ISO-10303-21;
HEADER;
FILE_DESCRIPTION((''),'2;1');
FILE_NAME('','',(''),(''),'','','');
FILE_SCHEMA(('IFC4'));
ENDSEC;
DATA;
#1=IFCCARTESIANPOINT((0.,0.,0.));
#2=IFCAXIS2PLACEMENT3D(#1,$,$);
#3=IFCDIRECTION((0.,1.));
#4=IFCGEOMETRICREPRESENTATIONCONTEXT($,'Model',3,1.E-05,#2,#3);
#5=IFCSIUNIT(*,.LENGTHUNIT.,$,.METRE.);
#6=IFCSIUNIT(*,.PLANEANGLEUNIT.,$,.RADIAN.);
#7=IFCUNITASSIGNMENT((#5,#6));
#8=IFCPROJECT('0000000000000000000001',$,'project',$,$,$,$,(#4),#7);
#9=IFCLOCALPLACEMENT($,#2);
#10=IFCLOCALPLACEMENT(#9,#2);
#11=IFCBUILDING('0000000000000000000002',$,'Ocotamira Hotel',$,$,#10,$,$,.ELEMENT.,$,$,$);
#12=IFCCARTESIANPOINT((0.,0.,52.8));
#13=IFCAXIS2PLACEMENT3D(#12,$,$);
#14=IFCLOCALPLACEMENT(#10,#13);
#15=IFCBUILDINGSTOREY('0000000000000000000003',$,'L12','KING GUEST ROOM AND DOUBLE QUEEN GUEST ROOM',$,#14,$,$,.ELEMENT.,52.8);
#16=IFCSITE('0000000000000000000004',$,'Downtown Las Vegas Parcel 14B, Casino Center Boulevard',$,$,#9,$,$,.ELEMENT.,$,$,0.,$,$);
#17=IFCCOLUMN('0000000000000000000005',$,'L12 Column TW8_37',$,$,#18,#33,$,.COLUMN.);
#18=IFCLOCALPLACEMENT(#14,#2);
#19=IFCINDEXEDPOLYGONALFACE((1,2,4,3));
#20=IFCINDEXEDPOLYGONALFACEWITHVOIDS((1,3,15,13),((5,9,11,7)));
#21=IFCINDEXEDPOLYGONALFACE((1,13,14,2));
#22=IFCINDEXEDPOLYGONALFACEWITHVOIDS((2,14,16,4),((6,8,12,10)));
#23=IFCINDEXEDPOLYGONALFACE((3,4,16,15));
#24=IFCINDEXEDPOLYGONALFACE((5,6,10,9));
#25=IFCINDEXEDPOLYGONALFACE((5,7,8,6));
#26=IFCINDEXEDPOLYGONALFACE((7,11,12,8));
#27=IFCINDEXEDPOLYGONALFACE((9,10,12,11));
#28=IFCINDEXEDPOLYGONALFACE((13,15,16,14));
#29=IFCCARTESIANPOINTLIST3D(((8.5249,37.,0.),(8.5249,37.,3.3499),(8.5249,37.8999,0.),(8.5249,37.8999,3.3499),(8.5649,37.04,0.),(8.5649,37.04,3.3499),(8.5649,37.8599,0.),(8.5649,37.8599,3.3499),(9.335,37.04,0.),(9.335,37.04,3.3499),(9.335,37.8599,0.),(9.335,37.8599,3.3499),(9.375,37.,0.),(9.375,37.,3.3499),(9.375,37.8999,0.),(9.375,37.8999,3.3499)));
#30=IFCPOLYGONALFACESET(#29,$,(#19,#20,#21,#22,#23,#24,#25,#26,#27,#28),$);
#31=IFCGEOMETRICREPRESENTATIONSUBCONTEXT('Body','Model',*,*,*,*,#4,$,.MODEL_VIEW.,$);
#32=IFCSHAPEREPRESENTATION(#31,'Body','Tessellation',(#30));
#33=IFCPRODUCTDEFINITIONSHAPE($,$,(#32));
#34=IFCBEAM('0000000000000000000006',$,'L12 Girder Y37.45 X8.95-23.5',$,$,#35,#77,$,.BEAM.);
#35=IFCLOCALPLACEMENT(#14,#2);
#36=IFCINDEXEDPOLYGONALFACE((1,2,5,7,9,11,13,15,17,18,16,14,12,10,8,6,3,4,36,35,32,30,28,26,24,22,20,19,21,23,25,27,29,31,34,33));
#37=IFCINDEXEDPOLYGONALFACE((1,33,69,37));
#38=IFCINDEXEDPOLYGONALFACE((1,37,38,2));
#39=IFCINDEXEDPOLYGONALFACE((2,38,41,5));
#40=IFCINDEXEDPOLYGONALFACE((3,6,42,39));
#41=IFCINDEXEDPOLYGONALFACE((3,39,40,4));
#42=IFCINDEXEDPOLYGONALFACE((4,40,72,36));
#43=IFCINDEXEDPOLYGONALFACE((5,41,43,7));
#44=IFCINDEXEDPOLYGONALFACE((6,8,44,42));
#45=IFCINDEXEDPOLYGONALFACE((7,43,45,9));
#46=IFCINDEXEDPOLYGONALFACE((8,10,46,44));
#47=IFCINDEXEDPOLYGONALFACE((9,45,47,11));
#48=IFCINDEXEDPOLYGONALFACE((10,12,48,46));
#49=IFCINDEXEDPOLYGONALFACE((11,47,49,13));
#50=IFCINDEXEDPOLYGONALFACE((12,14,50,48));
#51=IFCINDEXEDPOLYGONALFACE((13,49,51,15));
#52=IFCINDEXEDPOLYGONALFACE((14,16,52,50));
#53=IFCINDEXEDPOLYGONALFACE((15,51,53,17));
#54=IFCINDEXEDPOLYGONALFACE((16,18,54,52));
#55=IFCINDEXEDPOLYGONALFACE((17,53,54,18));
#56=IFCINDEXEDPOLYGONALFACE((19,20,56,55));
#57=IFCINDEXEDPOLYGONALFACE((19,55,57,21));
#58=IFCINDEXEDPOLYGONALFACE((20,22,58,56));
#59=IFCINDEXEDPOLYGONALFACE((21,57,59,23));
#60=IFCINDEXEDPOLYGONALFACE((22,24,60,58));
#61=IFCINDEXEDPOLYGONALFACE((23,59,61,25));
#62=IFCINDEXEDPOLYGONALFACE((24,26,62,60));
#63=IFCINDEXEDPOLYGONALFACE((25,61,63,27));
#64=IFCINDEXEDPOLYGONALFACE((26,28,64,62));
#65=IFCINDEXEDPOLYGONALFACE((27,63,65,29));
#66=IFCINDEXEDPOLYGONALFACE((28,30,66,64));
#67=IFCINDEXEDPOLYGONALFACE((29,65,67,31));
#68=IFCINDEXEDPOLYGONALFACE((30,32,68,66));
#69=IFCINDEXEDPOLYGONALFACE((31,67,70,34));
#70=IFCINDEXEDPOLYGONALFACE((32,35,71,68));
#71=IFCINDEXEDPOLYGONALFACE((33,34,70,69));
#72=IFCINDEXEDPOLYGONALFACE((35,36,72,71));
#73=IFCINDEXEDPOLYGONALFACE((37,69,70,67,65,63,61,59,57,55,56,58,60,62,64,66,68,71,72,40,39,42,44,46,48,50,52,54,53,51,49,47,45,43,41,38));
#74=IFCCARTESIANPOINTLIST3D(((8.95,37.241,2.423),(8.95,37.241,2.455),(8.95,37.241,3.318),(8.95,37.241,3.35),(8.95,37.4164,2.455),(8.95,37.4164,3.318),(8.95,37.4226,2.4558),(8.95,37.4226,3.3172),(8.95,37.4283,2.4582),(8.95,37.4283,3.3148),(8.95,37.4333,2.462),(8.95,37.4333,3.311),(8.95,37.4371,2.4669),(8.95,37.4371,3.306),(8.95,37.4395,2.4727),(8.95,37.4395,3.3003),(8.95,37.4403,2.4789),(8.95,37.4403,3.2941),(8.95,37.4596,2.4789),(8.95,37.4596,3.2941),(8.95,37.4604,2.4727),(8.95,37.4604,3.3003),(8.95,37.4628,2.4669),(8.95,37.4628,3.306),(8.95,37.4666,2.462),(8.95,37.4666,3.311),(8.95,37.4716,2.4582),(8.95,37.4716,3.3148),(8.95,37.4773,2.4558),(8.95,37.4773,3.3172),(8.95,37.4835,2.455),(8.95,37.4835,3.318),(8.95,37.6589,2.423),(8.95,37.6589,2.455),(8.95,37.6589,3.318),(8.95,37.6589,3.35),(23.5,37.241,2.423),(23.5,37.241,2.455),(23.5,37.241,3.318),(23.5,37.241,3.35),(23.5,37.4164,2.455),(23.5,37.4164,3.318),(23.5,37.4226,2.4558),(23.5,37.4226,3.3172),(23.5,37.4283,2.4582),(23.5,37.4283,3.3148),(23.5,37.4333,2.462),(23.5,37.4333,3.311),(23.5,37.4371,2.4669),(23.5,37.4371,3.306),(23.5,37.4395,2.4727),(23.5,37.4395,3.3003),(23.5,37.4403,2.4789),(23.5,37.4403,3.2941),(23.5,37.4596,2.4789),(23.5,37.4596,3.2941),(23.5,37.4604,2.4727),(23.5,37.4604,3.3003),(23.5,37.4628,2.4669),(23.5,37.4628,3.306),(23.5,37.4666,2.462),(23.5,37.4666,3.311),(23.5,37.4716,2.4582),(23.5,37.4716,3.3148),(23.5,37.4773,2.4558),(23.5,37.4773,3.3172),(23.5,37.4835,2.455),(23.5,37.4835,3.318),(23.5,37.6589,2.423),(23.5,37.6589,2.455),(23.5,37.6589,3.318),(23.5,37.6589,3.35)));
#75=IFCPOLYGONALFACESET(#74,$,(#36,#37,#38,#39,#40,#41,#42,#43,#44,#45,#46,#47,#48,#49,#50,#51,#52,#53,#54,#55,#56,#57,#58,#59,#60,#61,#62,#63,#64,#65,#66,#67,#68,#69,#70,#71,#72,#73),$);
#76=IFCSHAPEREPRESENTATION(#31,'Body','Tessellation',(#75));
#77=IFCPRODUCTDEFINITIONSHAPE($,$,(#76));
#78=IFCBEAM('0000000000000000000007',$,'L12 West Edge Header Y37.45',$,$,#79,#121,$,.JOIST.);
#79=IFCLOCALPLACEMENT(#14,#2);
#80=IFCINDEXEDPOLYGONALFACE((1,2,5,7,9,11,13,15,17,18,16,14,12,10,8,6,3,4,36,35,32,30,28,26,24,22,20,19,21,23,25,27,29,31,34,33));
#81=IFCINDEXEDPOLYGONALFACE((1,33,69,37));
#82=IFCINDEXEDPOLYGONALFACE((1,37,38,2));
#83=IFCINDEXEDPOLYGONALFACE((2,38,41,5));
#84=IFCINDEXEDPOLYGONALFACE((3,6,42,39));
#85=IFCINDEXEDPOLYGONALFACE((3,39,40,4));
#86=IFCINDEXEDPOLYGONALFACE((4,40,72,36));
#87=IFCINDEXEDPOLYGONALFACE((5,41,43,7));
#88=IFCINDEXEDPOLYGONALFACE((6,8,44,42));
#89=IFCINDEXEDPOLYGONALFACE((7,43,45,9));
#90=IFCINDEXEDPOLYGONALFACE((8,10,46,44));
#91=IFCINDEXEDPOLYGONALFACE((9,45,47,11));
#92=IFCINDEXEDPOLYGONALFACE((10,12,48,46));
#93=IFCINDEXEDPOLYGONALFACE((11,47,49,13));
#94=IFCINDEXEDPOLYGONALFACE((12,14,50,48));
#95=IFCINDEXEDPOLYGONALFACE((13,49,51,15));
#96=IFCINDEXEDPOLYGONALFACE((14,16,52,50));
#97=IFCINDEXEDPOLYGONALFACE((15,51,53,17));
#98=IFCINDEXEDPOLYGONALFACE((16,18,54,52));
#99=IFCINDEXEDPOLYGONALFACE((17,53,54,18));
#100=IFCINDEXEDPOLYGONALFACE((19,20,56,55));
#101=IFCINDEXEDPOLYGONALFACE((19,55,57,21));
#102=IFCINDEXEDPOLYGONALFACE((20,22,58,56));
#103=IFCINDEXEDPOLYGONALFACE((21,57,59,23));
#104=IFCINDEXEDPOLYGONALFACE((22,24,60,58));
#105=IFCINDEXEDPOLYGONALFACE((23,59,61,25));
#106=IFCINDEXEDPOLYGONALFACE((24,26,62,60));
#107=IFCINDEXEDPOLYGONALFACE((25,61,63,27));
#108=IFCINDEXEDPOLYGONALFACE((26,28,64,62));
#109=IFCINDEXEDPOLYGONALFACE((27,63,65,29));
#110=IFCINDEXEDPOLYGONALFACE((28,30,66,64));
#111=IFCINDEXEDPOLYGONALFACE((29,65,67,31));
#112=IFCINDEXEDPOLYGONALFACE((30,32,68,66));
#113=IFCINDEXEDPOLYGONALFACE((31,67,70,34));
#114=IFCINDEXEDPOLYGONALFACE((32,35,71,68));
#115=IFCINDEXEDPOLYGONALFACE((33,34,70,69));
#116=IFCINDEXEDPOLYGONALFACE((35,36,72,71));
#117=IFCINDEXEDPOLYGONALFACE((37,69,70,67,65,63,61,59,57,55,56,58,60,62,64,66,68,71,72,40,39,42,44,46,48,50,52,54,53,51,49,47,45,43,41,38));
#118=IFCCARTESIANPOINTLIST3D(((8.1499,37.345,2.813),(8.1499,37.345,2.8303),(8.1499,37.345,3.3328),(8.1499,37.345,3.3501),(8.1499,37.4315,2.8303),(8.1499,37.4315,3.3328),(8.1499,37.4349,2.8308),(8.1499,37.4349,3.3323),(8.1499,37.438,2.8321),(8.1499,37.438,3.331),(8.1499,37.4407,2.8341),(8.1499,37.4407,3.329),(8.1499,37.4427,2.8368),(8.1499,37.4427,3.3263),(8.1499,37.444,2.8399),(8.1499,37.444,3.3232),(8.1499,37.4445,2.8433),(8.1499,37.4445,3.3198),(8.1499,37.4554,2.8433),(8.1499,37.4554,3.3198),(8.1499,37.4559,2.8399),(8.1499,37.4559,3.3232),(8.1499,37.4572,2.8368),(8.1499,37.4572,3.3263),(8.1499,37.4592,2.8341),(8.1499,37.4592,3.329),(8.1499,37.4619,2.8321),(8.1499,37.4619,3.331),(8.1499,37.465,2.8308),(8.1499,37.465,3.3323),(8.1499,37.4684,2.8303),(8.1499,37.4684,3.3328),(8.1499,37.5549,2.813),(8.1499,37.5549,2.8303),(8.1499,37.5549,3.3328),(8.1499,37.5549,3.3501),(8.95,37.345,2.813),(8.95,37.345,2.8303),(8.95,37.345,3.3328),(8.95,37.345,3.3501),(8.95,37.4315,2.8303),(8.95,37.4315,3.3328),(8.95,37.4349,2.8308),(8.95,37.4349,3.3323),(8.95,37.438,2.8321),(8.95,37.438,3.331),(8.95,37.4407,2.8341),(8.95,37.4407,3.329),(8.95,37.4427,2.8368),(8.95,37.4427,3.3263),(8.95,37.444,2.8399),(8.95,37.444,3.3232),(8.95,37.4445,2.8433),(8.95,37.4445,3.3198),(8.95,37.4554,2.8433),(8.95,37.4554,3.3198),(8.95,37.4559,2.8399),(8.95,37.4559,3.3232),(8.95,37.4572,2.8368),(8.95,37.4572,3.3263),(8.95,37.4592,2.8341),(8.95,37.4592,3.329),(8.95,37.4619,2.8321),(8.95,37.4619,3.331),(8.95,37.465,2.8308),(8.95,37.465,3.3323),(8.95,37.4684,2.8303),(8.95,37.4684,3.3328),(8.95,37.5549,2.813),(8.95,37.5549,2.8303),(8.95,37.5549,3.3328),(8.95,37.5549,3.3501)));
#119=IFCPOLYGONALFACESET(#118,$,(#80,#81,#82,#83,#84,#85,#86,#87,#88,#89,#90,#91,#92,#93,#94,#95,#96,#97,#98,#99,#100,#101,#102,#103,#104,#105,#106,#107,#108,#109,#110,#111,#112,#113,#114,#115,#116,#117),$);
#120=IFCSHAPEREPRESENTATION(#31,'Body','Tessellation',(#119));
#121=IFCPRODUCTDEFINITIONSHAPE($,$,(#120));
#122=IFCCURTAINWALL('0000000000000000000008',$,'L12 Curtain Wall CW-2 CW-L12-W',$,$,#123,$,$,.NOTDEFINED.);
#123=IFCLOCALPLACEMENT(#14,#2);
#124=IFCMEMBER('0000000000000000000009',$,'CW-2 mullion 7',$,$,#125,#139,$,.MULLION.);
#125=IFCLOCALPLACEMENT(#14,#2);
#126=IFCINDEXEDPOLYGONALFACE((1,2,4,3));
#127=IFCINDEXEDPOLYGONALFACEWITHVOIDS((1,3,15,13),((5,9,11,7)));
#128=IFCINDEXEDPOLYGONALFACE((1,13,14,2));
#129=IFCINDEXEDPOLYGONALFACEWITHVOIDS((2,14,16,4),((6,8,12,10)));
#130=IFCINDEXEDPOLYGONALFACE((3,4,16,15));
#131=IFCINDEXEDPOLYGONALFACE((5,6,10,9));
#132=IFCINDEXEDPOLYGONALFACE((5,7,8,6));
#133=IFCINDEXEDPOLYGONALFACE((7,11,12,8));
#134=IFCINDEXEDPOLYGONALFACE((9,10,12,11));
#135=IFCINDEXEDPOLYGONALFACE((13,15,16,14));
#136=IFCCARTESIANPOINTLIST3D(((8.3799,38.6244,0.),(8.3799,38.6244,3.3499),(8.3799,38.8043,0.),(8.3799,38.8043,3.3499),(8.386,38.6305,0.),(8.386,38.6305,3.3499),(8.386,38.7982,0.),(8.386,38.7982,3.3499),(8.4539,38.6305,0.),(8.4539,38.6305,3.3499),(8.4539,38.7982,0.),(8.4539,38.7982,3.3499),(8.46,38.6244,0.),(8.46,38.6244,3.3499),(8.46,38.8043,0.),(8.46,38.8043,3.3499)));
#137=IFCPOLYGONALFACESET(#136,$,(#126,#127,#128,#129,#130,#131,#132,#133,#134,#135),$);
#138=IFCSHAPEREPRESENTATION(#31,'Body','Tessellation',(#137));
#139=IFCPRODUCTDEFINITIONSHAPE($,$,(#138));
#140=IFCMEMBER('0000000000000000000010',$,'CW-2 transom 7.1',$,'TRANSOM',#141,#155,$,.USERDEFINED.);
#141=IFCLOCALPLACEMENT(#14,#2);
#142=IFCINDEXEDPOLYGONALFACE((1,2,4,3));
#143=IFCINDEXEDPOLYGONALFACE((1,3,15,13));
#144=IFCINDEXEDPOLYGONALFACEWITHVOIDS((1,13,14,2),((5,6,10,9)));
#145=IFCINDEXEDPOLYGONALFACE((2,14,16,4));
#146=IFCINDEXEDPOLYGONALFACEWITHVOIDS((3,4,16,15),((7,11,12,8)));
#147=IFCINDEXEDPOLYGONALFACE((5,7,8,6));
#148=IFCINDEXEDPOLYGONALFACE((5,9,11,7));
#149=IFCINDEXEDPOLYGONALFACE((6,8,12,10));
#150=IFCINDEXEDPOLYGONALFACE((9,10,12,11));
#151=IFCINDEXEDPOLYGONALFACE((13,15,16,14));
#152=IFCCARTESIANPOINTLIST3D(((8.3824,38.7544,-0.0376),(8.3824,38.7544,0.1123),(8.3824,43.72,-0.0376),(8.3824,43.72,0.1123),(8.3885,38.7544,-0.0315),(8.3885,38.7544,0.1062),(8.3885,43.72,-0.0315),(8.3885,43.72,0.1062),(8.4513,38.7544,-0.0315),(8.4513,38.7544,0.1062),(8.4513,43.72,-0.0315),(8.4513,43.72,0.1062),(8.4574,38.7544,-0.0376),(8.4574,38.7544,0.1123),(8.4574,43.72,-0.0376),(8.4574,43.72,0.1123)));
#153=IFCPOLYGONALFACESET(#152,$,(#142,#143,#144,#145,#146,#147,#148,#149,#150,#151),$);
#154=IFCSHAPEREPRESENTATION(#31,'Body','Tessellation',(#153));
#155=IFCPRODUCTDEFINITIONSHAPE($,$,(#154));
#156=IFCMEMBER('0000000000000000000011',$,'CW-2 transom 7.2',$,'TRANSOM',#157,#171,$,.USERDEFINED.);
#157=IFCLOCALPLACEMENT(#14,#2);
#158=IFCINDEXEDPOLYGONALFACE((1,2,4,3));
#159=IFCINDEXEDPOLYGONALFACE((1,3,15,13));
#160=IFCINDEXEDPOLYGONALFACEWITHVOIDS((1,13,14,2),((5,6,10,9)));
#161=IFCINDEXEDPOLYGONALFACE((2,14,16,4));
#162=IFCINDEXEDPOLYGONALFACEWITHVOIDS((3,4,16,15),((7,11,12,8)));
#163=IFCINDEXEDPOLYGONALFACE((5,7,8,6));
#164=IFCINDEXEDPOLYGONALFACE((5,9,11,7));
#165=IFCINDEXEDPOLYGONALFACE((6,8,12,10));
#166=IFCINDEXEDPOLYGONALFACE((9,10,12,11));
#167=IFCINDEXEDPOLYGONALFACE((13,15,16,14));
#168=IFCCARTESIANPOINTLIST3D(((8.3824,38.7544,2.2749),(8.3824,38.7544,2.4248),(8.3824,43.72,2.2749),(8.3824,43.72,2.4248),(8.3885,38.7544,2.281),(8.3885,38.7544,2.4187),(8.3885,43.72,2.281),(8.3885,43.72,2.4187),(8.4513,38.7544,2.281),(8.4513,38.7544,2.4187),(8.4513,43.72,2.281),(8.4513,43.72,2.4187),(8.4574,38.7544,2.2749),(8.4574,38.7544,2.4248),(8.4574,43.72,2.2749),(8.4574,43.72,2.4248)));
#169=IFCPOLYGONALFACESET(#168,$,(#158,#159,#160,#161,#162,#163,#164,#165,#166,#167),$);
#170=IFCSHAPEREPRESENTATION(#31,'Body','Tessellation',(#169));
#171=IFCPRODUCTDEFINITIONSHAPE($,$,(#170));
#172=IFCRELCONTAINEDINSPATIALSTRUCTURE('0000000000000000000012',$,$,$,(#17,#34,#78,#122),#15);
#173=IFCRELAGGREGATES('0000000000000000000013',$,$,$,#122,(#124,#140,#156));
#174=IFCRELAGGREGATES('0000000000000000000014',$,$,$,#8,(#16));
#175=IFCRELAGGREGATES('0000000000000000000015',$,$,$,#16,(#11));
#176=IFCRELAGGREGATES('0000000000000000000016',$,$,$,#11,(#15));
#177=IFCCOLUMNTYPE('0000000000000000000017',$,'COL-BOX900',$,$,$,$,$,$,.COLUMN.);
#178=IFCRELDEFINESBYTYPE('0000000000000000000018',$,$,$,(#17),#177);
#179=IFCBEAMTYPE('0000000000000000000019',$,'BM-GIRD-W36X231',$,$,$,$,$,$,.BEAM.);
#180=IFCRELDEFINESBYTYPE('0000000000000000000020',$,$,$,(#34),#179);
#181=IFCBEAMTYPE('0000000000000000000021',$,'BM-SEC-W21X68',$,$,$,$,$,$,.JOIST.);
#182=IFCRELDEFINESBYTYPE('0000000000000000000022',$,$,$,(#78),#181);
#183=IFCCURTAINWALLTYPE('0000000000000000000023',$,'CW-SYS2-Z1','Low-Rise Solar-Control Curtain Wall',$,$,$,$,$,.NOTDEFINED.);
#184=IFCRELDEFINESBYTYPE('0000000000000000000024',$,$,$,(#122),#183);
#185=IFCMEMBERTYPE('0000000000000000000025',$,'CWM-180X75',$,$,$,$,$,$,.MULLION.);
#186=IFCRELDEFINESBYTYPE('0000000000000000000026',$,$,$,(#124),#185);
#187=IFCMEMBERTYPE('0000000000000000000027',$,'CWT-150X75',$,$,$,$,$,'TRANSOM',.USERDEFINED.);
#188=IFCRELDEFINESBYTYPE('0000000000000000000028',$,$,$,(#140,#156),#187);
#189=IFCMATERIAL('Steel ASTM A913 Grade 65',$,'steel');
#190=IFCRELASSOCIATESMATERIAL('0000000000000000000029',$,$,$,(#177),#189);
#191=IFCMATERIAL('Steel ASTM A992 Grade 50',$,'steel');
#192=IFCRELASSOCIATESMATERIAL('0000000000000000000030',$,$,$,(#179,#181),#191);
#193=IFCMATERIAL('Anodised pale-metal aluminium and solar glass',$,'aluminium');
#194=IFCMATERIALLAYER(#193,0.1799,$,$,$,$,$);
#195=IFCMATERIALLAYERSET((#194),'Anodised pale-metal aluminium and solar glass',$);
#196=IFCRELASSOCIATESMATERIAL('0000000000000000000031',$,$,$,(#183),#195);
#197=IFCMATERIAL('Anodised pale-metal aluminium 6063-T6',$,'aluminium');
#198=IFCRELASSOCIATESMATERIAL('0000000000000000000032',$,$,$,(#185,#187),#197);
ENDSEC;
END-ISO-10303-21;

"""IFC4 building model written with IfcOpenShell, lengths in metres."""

from ifc_helpers import new_model, si_unit, direction, frame, origin, origin_2d, place, context, subcontext, project, spatial, hollow_rectangle, i_section, extrude, source, transform, mapped, material, layer, layer_set, material_profile, profile_set, type_object, element, aggregate, save


model = new_model("IFC4")

# Units and contexts
model_context = context("Model", 3, precision=1e-05, world=origin(), true_north=direction((0.0, 1.0)))
body_context = subcontext(model_context, "Body", "Model", "MODEL_VIEW")
ifc_project = project(units=[si_unit("LENGTHUNIT", "METRE"), si_unit("PLANEANGLEUNIT", "RADIAN")], contexts=[model_context])

# Site, building, storey
site_placement = place(None, origin())
site = spatial("IfcSite", under=ifc_project, at=site_placement, Name="Downtown Las Vegas Parcel 14B, Casino Center Boulevard", CompositionType="ELEMENT", RefElevation=0.0)
building_placement = place(site_placement, origin())
building = spatial("IfcBuilding", under=site, at=building_placement, Name="Ocotamira Hotel", CompositionType="ELEMENT")
storey_placement = place(building_placement, frame((0.0, 0.0, 52.8)))
storey = spatial("IfcBuildingStorey", under=building, at=storey_placement, Name="L12", Description="KING GUEST ROOM AND DOUBLE QUEEN GUEST ROOM", CompositionType="ELEMENT", Elevation=52.8)

# Column
ifc_material_1 = material(Name="Steel ASTM A913 Grade 65", Category="steel")
ifc_material_profile_1 = material_profile(ifc_material_1, hollow_rectangle(XDim=0.8501, YDim=0.8999, WallThickness=0.04, at=origin_2d()), Name="BOX900X850X40")
ifc_profile_set_1 = profile_set([ifc_material_profile_1], Name="Steel ASTM A913 Grade 65")
column_type = type_object("IfcColumnType", Name="COL-BOX900", PredefinedType="COLUMN", material=ifc_profile_set_1)
shared_shape_1 = source(origin(), body_context, "Body", "SweptSolid", [
    extrude(hollow_rectangle(XDim=0.8501, YDim=0.8999, WallThickness=0.04, at=origin_2d()), origin(), (0.0, 0.0, 1.0), 3.3499),
])
column_placement = place(storey_placement, frame((8.95, 37.45, 0.0), z_axis=(0.0, 0.0, 1.0), x_axis=(1.0, 0.0, 0.0)))
element("IfcColumn", 1, at=column_placement, inside=storey, type_object=column_type, Name="L12 Column TW8_37", PredefinedType="COLUMN", context=body_context, shape_type="MappedRepresentation", body=[
    mapped(shared_shape_1, transform((0.0, 0.0, 0.0), scale=1.0)),
])

# Beams
ifc_material_2 = material(Name="Steel ASTM A992 Grade 50", Category="steel")
ifc_material_profile_2 = material_profile(ifc_material_2, i_section(OverallWidth=0.418, OverallDepth=0.927, WebThickness=0.0193, FlangeThickness=0.032, FilletRadius=0.0239, at=origin_2d()), Name="W36X231")
ifc_profile_set_2 = profile_set([ifc_material_profile_2], Name="Steel ASTM A992 Grade 50")
beam_type_1 = type_object("IfcBeamType", Name="BM-GIRD-W36X231", PredefinedType="BEAM", material=ifc_profile_set_2)
shared_shape_2 = source(origin(), body_context, "Body", "SweptSolid", [
    extrude(i_section(OverallWidth=0.418, OverallDepth=0.927, WebThickness=0.0193, FlangeThickness=0.032, FilletRadius=0.0239, at=origin_2d()), origin(), (0.0, 0.0, 1.0), 14.55),
])
beam_1_placement = place(storey_placement, frame((8.95, 37.45, 2.8865), z_axis=(1.0, 0.0, 0.0), x_axis=(0.0, 1.0, 0.0)))
element("IfcBeam", 2, at=beam_1_placement, inside=storey, type_object=beam_type_1, Name="L12 Girder Y37.45 X8.95-23.5", PredefinedType="BEAM", context=body_context, shape_type="MappedRepresentation", body=[
    mapped(shared_shape_2, transform((0.0, 0.0, 0.0), scale=1.0)),
])
ifc_material_profile_3 = material_profile(ifc_material_2, i_section(OverallWidth=0.21, OverallDepth=0.5371, WebThickness=0.011, FlangeThickness=0.0173, FilletRadius=0.0129, at=origin_2d()), Name="W21X68")
ifc_profile_set_3 = profile_set([ifc_material_profile_3], Name="Steel ASTM A992 Grade 50")
beam_type_2 = type_object("IfcBeamType", Name="BM-SEC-W21X68", PredefinedType="JOIST", material=ifc_profile_set_3)
shared_shape_3 = source(origin(), body_context, "Body", "SweptSolid", [
    extrude(i_section(OverallWidth=0.21, OverallDepth=0.5371, WebThickness=0.011, FlangeThickness=0.0173, FilletRadius=0.0129, at=origin_2d()), origin(), (0.0, 0.0, 1.0), 0.8),
])
beam_2_placement = place(storey_placement, frame((8.95, 37.45, 3.0815), z_axis=(-1.0, 0.0, 0.0), x_axis=(0.0, -1.0, 0.0)))
element("IfcBeam", 3, at=beam_2_placement, inside=storey, type_object=beam_type_2, Name="L12 West Edge Header Y37.45", PredefinedType="JOIST", context=body_context, shape_type="MappedRepresentation", body=[
    mapped(shared_shape_3, transform((0.0, 0.0, 0.0), scale=1.0)),
])

# Curtain wall, members
ifc_material_3 = material(Name="Anodised pale-metal aluminium and solar glass", Category="aluminium")
ifc_layer_1 = layer(ifc_material_3, 0.1799)
ifc_layer_set_1 = layer_set([ifc_layer_1], Name="Anodised pale-metal aluminium and solar glass")
curtain_wall_type = type_object("IfcCurtainWallType", Name="CW-SYS2-Z1", Description="Low-Rise Solar-Control Curtain Wall", PredefinedType="NOTDEFINED", material=ifc_layer_set_1)
curtain_wall_placement = place(storey_placement, origin())
curtain_wall = element("IfcCurtainWall", 4, at=curtain_wall_placement, inside=storey, type_object=curtain_wall_type, Name="L12 Curtain Wall CW-2 CW-L12-W", PredefinedType="NOTDEFINED")
ifc_material_4 = material(Name="Anodised pale-metal aluminium 6063-T6", Category="aluminium")
ifc_material_profile_4 = material_profile(ifc_material_4, hollow_rectangle(XDim=0.0801, YDim=0.1799, WallThickness=0.0061, at=origin_2d()), Name="HSS180X80X6")
ifc_profile_set_4 = profile_set([ifc_material_profile_4], Name="Anodised pale-metal aluminium 6063-T6")
member_type_1 = type_object("IfcMemberType", Name="CWM-180X75", PredefinedType="MULLION", material=ifc_profile_set_4)
shared_shape_4 = source(origin(), body_context, "Body", "SweptSolid", [
    extrude(hollow_rectangle(XDim=0.0801, YDim=0.1799, WallThickness=0.0061, at=origin_2d()), origin(), (0.0, 0.0, 1.0), 3.3499),
])
member_1_placement = place(storey_placement, frame((8.4199, 38.7144, 0.0), z_axis=(0.0, 0.0, 1.0), x_axis=(-1.0, 0.0, 0.0)))
member_1 = element("IfcMember", 5, at=member_1_placement, type_object=member_type_1, Name="CW-2 mullion 7", PredefinedType="MULLION", context=body_context, shape_type="MappedRepresentation", body=[
    mapped(shared_shape_4, transform((0.0, 0.0, 0.0), scale=1.0)),
])
ifc_material_profile_5 = material_profile(ifc_material_4, hollow_rectangle(XDim=0.075, YDim=0.1499, WallThickness=0.0061, at=origin_2d()), Name="HSS150X75X6")
ifc_profile_set_5 = profile_set([ifc_material_profile_5], Name="Anodised pale-metal aluminium 6063-T6")
member_type_2 = type_object("IfcMemberType", Name="CWT-150X75", ElementType="TRANSOM", PredefinedType="USERDEFINED", material=ifc_profile_set_5)
shared_shape_5 = source(origin(), body_context, "Body", "SweptSolid", [
    extrude(hollow_rectangle(XDim=0.075, YDim=0.1499, WallThickness=0.0061, at=origin_2d()), origin(), (0.0, 0.0, 1.0), 4.9656),
])
member_2_placement = place(storey_placement, frame((8.4199, 38.7544, 0.0374), z_axis=(0.0, 1.0, 0.0), x_axis=(-1.0, 0.0, 0.0)))
member_2 = element("IfcMember", 6, at=member_2_placement, type_object=member_type_2, Name="CW-2 transom 7.1", ObjectType="TRANSOM", PredefinedType="USERDEFINED", context=body_context, shape_type="MappedRepresentation", body=[
    mapped(shared_shape_5, transform((0.0, 0.0, 0.0), scale=1.0)),
])
member_3_placement = place(storey_placement, frame((8.4199, 38.7544, 2.3499), z_axis=(0.0, 1.0, 0.0), x_axis=(-1.0, 0.0, 0.0)))
member_3 = element("IfcMember", 7, at=member_3_placement, type_object=member_type_2, Name="CW-2 transom 7.2", ObjectType="TRANSOM", PredefinedType="USERDEFINED", context=body_context, shape_type="MappedRepresentation", body=[
    mapped(shared_shape_5, transform((0.0, 0.0, 0.0), scale=1.0)),
])

aggregate(curtain_wall, [member_1, member_2, member_3])

save(model, "model.ifc")
